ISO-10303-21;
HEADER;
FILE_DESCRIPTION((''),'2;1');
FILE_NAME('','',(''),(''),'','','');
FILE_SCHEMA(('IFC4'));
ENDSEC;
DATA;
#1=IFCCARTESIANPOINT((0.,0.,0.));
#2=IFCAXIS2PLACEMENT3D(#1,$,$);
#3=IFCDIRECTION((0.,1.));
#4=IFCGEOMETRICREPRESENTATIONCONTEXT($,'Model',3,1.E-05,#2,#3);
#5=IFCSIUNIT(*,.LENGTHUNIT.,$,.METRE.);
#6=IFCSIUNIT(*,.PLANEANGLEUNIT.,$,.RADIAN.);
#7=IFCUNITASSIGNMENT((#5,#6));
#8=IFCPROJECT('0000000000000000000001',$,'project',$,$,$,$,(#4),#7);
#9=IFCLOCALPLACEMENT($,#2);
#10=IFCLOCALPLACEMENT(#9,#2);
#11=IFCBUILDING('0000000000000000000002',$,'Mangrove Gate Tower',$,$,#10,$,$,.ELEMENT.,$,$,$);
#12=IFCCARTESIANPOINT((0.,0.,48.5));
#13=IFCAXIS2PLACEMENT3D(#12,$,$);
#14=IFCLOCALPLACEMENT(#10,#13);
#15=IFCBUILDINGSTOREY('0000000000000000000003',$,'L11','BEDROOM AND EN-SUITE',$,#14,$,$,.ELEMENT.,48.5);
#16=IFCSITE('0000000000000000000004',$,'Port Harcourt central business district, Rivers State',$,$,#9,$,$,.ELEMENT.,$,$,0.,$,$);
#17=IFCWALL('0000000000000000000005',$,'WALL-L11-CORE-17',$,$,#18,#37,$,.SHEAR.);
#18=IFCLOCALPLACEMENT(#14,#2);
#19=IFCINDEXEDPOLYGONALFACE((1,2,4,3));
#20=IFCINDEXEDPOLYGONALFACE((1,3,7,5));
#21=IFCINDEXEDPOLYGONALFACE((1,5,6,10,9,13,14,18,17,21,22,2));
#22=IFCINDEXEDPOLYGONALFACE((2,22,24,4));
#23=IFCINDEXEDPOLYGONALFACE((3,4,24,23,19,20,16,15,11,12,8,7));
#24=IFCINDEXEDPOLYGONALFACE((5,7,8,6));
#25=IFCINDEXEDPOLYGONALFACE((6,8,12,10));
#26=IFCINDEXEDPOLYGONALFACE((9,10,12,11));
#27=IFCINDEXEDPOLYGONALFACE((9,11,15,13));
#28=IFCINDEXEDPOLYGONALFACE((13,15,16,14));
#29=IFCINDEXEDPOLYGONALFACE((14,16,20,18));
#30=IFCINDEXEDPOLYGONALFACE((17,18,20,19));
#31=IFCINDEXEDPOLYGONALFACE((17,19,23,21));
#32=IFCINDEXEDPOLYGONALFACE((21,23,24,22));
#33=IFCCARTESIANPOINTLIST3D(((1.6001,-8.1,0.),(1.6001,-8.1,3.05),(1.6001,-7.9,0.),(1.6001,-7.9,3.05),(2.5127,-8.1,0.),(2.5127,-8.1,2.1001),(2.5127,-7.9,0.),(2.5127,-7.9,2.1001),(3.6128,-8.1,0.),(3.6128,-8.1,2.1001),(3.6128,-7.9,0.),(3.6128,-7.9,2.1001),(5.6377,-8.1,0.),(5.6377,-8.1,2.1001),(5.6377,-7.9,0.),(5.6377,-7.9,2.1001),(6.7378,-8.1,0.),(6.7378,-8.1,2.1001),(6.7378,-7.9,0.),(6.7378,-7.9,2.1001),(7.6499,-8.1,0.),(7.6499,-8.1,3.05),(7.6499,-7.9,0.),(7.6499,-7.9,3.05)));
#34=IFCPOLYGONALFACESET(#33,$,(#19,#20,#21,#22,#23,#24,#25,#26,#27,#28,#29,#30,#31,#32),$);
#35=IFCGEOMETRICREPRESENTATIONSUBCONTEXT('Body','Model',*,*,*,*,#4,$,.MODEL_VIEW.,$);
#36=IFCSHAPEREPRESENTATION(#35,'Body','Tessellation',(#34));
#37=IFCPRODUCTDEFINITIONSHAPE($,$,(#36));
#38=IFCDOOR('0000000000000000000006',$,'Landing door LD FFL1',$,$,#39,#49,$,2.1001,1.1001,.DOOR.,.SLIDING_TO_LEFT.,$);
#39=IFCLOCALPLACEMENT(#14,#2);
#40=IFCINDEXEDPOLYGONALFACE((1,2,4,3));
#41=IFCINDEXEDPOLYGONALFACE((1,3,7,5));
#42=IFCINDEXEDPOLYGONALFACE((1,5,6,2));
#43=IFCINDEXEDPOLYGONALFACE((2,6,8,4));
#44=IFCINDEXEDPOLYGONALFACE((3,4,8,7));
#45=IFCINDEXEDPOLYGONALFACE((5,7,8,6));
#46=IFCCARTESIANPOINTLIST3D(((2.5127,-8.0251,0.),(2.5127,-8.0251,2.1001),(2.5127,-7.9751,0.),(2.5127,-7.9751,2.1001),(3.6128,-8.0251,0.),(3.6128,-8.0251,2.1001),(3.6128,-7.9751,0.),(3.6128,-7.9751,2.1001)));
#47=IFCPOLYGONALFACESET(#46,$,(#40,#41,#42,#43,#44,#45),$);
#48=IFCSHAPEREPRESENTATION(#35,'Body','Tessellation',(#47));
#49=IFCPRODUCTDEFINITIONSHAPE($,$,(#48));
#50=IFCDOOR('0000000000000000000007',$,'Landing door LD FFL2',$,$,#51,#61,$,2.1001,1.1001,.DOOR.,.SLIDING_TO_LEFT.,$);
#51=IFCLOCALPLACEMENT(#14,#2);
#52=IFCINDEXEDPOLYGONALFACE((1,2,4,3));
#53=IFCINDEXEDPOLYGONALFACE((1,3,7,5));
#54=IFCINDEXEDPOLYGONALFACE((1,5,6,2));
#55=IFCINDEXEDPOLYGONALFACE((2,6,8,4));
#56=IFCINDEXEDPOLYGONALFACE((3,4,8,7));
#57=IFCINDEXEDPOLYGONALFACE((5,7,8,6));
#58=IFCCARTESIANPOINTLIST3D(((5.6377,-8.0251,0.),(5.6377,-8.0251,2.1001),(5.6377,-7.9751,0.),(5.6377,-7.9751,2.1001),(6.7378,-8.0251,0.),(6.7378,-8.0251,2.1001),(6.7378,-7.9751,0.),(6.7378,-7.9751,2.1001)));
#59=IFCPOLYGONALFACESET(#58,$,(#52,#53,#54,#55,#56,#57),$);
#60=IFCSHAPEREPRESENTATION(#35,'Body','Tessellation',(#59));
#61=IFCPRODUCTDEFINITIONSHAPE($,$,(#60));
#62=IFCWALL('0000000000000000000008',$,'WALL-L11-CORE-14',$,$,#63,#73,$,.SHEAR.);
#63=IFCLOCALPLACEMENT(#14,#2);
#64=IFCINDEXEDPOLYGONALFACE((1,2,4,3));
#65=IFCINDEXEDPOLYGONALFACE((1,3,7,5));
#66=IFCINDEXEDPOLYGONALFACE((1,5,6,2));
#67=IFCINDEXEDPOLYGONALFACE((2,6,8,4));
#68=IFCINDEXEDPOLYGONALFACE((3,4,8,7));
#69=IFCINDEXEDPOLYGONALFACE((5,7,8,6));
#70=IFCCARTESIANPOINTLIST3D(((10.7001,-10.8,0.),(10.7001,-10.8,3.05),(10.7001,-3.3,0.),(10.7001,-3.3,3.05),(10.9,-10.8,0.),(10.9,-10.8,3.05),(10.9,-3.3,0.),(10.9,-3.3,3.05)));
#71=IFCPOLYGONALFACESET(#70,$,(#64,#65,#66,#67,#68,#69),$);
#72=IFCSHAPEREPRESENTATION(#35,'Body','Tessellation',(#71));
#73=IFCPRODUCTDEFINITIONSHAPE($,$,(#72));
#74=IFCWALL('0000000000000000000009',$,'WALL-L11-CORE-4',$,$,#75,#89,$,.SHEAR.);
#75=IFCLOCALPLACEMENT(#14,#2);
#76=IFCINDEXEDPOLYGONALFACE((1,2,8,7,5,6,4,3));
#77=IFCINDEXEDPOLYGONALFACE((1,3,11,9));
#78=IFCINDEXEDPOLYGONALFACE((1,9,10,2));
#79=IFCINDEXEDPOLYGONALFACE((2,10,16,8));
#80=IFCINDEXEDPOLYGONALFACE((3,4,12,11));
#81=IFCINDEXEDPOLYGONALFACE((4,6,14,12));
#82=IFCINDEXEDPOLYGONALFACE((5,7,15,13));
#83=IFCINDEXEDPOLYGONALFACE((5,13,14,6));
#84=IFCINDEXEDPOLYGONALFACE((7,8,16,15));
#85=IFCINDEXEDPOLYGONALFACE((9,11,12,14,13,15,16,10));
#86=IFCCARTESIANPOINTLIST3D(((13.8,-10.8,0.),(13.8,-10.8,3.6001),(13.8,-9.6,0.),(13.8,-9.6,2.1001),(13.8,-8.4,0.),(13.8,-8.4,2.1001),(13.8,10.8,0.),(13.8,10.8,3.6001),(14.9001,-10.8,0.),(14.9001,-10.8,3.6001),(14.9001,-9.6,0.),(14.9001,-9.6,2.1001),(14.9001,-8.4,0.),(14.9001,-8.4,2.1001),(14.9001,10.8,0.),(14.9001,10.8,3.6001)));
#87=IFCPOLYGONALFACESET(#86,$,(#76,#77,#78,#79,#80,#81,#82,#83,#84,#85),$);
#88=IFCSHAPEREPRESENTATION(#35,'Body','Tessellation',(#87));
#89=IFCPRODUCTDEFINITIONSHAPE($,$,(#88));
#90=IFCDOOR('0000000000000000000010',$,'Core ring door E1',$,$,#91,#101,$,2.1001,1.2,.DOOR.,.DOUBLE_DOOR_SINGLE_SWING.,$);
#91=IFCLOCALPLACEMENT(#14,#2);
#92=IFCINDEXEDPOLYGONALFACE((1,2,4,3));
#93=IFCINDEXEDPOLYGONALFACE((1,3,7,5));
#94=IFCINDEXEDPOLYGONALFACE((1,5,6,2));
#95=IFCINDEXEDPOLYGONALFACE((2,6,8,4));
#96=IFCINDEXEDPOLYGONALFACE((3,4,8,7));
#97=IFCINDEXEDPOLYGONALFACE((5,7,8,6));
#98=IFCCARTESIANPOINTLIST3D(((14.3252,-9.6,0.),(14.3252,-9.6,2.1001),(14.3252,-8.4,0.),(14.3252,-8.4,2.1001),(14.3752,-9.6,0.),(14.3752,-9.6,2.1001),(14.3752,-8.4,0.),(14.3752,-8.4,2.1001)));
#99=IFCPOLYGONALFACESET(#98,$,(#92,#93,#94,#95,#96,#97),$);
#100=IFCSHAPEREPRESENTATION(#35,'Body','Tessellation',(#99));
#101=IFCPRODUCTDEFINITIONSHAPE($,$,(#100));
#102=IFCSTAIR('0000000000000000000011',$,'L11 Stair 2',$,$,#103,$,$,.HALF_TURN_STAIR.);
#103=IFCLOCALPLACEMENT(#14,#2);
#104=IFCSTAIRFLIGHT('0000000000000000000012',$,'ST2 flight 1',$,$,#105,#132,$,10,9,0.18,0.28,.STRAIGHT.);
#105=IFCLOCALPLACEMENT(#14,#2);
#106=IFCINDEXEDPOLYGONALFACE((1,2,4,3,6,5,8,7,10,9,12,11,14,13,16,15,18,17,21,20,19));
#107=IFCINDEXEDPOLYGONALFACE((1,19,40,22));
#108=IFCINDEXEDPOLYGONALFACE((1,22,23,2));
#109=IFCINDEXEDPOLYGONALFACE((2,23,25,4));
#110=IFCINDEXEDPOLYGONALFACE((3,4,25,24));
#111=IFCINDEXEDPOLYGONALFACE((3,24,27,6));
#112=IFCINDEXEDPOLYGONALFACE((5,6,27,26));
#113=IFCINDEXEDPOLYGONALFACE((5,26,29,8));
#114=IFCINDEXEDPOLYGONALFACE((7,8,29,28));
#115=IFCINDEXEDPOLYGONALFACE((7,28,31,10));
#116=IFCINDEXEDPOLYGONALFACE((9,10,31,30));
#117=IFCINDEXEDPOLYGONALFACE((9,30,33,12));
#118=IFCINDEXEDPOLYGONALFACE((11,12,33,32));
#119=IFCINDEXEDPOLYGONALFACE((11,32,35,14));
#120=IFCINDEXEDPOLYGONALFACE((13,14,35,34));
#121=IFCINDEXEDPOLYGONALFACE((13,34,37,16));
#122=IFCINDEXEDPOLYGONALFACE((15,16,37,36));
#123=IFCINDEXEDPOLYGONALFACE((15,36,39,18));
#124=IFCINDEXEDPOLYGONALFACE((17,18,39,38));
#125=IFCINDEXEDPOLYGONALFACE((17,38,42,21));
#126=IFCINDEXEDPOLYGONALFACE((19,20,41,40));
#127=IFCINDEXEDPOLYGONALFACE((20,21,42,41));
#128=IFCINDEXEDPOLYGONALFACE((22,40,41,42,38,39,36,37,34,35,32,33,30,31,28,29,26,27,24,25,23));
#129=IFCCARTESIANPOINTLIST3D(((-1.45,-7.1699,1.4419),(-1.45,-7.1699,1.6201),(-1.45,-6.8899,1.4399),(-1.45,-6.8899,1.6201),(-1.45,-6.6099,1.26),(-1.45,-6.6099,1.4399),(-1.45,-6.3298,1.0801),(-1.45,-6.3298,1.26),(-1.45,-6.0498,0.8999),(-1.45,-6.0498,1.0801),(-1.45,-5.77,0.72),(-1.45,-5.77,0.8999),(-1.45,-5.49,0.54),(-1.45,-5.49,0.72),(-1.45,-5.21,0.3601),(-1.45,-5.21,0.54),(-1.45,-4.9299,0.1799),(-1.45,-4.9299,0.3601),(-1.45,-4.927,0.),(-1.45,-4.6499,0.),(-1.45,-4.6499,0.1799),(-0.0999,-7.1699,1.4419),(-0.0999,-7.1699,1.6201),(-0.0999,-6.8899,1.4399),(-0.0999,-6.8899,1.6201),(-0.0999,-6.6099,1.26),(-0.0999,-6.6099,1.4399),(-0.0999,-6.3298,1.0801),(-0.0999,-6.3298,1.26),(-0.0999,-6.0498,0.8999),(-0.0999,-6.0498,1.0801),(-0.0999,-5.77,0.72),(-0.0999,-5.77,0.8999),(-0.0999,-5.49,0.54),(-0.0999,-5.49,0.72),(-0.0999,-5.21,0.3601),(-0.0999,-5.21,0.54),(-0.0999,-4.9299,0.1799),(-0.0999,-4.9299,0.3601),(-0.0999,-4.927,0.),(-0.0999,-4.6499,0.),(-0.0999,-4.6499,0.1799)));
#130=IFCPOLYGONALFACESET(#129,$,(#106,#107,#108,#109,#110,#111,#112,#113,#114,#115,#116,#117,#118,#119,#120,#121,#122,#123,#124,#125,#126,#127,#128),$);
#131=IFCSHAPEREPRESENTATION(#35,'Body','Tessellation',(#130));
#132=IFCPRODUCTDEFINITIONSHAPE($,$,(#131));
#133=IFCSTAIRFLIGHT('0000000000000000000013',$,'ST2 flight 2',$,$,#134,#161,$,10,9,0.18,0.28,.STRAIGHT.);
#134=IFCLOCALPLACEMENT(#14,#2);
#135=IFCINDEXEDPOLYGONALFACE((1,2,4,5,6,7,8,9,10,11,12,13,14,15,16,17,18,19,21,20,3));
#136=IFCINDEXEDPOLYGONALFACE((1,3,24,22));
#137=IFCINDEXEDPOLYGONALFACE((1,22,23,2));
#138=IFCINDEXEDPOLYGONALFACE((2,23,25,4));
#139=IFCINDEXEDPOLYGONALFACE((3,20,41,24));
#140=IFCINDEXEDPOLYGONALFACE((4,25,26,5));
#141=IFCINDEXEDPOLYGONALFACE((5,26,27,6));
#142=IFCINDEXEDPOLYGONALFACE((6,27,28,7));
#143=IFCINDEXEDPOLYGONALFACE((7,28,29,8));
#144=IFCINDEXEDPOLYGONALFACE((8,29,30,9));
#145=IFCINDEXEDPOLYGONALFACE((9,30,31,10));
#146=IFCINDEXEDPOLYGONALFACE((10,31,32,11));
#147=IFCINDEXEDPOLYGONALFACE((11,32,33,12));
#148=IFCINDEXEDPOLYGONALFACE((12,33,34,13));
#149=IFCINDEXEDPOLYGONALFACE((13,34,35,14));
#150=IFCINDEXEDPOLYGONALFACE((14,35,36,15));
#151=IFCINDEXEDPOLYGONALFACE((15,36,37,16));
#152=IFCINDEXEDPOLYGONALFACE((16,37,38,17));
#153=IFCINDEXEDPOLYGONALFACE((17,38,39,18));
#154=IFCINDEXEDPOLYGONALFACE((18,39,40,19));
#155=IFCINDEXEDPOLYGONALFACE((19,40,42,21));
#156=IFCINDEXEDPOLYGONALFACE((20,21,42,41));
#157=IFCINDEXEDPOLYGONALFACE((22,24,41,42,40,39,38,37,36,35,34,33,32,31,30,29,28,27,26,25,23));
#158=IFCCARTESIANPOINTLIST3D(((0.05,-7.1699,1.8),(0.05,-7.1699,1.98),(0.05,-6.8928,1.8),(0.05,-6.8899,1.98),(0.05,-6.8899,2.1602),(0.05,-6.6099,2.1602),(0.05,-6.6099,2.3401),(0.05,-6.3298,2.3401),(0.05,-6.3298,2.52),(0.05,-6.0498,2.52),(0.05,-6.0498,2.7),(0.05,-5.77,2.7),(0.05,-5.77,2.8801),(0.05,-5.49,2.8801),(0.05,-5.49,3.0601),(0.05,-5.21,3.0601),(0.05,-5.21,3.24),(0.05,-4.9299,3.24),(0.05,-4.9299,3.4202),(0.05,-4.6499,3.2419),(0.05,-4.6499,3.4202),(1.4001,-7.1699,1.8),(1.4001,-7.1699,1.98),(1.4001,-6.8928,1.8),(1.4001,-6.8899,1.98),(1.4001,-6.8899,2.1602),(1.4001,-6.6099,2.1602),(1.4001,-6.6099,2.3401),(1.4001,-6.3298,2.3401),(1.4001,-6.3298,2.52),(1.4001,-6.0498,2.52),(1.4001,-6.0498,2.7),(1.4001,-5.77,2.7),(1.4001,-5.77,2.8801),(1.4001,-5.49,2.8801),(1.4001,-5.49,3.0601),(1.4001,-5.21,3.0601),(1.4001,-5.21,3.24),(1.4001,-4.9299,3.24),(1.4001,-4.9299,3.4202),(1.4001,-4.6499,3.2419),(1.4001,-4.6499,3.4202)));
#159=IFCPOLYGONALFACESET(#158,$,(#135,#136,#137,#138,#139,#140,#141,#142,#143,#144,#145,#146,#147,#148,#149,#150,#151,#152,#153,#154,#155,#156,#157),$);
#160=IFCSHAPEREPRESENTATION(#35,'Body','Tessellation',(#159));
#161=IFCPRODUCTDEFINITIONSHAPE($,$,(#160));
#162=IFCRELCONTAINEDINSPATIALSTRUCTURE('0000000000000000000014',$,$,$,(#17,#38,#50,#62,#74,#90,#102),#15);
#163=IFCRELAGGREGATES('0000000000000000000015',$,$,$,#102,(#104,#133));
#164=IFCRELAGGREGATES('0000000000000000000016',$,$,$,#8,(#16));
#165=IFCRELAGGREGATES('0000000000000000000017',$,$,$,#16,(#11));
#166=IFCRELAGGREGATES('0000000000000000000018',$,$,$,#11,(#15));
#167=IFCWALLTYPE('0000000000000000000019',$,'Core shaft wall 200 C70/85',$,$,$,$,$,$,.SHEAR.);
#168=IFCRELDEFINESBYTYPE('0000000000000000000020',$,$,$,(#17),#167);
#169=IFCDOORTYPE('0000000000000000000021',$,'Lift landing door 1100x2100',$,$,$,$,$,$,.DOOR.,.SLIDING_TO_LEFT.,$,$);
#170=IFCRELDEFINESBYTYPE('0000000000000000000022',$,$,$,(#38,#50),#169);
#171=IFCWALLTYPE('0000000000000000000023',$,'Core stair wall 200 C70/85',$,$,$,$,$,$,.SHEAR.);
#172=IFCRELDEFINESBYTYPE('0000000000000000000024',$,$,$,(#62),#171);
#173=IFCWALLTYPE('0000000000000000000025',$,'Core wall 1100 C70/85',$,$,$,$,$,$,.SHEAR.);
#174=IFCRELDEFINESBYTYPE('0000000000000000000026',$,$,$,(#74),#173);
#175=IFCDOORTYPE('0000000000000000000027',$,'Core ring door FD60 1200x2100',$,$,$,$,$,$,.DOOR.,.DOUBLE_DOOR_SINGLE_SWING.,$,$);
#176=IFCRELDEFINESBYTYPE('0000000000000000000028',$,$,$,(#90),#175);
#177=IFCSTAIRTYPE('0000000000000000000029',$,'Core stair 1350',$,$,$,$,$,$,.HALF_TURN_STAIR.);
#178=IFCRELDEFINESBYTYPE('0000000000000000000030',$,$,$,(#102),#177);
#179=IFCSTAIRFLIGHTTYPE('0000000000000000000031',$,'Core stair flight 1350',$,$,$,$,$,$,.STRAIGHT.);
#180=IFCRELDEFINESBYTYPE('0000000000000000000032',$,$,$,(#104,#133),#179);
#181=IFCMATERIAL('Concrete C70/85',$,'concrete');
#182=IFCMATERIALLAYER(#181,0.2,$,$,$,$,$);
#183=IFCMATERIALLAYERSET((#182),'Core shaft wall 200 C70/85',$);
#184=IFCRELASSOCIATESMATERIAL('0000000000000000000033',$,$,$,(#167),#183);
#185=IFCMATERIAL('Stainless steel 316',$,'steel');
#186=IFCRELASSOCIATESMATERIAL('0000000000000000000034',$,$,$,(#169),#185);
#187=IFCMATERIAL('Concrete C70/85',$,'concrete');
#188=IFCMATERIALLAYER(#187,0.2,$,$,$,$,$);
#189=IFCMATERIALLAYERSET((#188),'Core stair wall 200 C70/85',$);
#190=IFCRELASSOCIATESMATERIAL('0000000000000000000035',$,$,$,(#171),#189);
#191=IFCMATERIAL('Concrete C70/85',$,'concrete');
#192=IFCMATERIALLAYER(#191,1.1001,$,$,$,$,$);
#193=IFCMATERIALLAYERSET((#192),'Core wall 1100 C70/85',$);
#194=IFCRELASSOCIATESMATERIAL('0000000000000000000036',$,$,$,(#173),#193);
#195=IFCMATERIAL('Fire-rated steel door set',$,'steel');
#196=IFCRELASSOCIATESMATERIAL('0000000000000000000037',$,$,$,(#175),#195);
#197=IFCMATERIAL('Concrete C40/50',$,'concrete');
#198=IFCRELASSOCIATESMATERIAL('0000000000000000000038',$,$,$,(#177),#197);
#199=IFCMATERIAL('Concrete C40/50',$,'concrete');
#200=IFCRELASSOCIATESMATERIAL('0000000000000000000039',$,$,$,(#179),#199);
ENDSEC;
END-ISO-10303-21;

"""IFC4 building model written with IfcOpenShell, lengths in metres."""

from ifc_helpers import new_model, si_unit, direction, frame, frame_2d, origin, place, context, subcontext, project, spatial, polyline, rectangle, outline, extrude, material, layer, layer_set, type_object, element, fill, aggregate, save


model = new_model("IFC4")

# Units and contexts
model_context = context("Model", 3, precision=1e-05, world=origin(), true_north=direction((0.0, 1.0)))
body_context = subcontext(model_context, "Body", "Model", "MODEL_VIEW")
ifc_project = project(units=[si_unit("LENGTHUNIT", "METRE"), si_unit("PLANEANGLEUNIT", "RADIAN")], contexts=[model_context])

# Site, building, storey
site_placement = place(None, origin())
site = spatial("IfcSite", under=ifc_project, at=site_placement, Name="Port Harcourt central business district, Rivers State", CompositionType="ELEMENT", RefElevation=0.0)
building_placement = place(site_placement, origin())
building = spatial("IfcBuilding", under=site, at=building_placement, Name="Mangrove Gate Tower", CompositionType="ELEMENT")
storey_placement = place(building_placement, frame((0.0, 0.0, 48.5)))
storey = spatial("IfcBuildingStorey", under=building, at=storey_placement, Name="L11", Description="BEDROOM AND EN-SUITE", CompositionType="ELEMENT", Elevation=48.5)

# Wall, openings, doors
ifc_material_1 = material(Name="Concrete C70/85", Category="concrete")
ifc_layer_1 = layer(ifc_material_1, 0.2)
ifc_layer_set_1 = layer_set([ifc_layer_1], Name="Core shaft wall 200 C70/85")
wall_type_1 = type_object("IfcWallType", Name="Core shaft wall 200 C70/85", PredefinedType="SHEAR", material=ifc_layer_set_1)
wall_1_placement = place(storey_placement, frame((1.6001, -8.0, 0.0), z_axis=(0.0, 0.0, 1.0), x_axis=(1.0, 0.0, 0.0)))
wall_1 = element("IfcWall", 1, at=wall_1_placement, inside=storey, type_object=wall_type_1, Name="WALL-L11-CORE-17", PredefinedType="SHEAR", context=body_context, shape_type="SweptSolid", body=[
    extrude(rectangle(XDim=6.0498, YDim=0.2, at=frame_2d((3.0249, 0.0))), origin(), (0.0, 0.0, 1.0), 3.05),
])
opening_1_placement = place(wall_1_placement, frame((0.9126, 0.0, 0.0)))
opening_1 = element("IfcOpeningElement", 2, at=opening_1_placement, cuts=wall_1, PredefinedType="OPENING", context=body_context, shape_type="SweptSolid", body=[
    extrude(rectangle(XDim=1.1001, YDim=2.1001, at=frame_2d((0.55, 1.05))), frame((0.0, 0.1099, 0.0), z_axis=(0.0, -1.0, 0.0), x_axis=(1.0, 0.0, 0.0)), (0.0, 0.0, 1.0), 0.22),
])
opening_2_placement = place(wall_1_placement, frame((4.0376, 0.0, 0.0)))
opening_2 = element("IfcOpeningElement", 3, at=opening_2_placement, cuts=wall_1, PredefinedType="OPENING", context=body_context, shape_type="SweptSolid", body=[
    extrude(rectangle(XDim=1.1001, YDim=2.1001, at=frame_2d((0.55, 1.05))), frame((0.0, 0.1099, 0.0), z_axis=(0.0, -1.0, 0.0), x_axis=(1.0, 0.0, 0.0)), (0.0, 0.0, 1.0), 0.22),
])
ifc_material_2 = material(Name="Stainless steel 316", Category="steel")
door_type_1 = type_object("IfcDoorType", Name="Lift landing door 1100x2100", OperationType="SLIDING_TO_LEFT", PredefinedType="DOOR", material=ifc_material_2)
door_1_placement = place(opening_1_placement, origin())
door_1 = element("IfcDoor", 4, at=door_1_placement, inside=storey, type_object=door_type_1, Name="Landing door LD FFL1", OperationType="SLIDING_TO_LEFT", OverallHeight=2.1001, OverallWidth=1.1001, PredefinedType="DOOR", context=body_context, shape_type="SweptSolid", body=[
    extrude(rectangle(XDim=1.1001, YDim=2.1001, at=frame_2d((0.55, 1.05))), frame((0.0, 0.0249, 0.0), z_axis=(0.0, -1.0, 0.0), x_axis=(1.0, 0.0, 0.0)), (0.0, 0.0, 1.0), 0.05),
])
fill(opening_1, door_1)
door_2_placement = place(opening_2_placement, origin())
door_2 = element("IfcDoor", 5, at=door_2_placement, inside=storey, type_object=door_type_1, Name="Landing door LD FFL2", OperationType="SLIDING_TO_LEFT", OverallHeight=2.1001, OverallWidth=1.1001, PredefinedType="DOOR", context=body_context, shape_type="SweptSolid", body=[
    extrude(rectangle(XDim=1.1001, YDim=2.1001, at=frame_2d((0.55, 1.05))), frame((0.0, 0.0249, 0.0), z_axis=(0.0, -1.0, 0.0), x_axis=(1.0, 0.0, 0.0)), (0.0, 0.0, 1.0), 0.05),
])
fill(opening_2, door_2)

# Wall
ifc_material_3 = material(Name="Concrete C70/85", Category="concrete")
ifc_layer_2 = layer(ifc_material_3, 0.2)
ifc_layer_set_2 = layer_set([ifc_layer_2], Name="Core stair wall 200 C70/85")
wall_type_2 = type_object("IfcWallType", Name="Core stair wall 200 C70/85", PredefinedType="SHEAR", material=ifc_layer_set_2)
wall_2_placement = place(storey_placement, frame((10.8, -10.8, 0.0), z_axis=(0.0, 0.0, 1.0), x_axis=(0.0, 1.0, 0.0)))
element("IfcWall", 6, at=wall_2_placement, inside=storey, type_object=wall_type_2, Name="WALL-L11-CORE-14", PredefinedType="SHEAR", context=body_context, shape_type="SweptSolid", body=[
    extrude(rectangle(XDim=7.5, YDim=0.2, at=frame_2d((3.75, 0.0))), origin(), (0.0, 0.0, 1.0), 3.05),
])

# Wall, opening, door
ifc_material_4 = material(Name="Concrete C70/85", Category="concrete")
ifc_layer_3 = layer(ifc_material_4, 1.1001)
ifc_layer_set_3 = layer_set([ifc_layer_3], Name="Core wall 1100 C70/85")
wall_type_3 = type_object("IfcWallType", Name="Core wall 1100 C70/85", PredefinedType="SHEAR", material=ifc_layer_set_3)
wall_3_placement = place(storey_placement, frame((14.3501, -10.8, 0.0), z_axis=(0.0, 0.0, 1.0), x_axis=(0.0, 1.0, 0.0)))
wall_3 = element("IfcWall", 7, at=wall_3_placement, inside=storey, type_object=wall_type_3, Name="WALL-L11-CORE-4", PredefinedType="SHEAR", context=body_context, shape_type="SweptSolid", body=[
    extrude(rectangle(XDim=21.6001, YDim=1.1001, at=frame_2d((10.8, 0.0))), origin(), (0.0, 0.0, 1.0), 3.6001),
])
opening_3_placement = place(wall_3_placement, frame((1.2, 0.0, 0.0)))
opening_3 = element("IfcOpeningElement", 8, at=opening_3_placement, cuts=wall_3, PredefinedType="OPENING", context=body_context, shape_type="SweptSolid", body=[
    extrude(rectangle(XDim=1.2, YDim=2.1001, at=frame_2d((0.6001, 1.05))), frame((0.0, 0.5601, 0.0), z_axis=(0.0, -1.0, 0.0), x_axis=(1.0, 0.0, 0.0)), (0.0, 0.0, 1.0), 1.1201),
])
ifc_material_5 = material(Name="Fire-rated steel door set", Category="steel")
door_type_2 = type_object("IfcDoorType", Name="Core ring door FD60 1200x2100", OperationType="DOUBLE_DOOR_SINGLE_SWING", PredefinedType="DOOR", material=ifc_material_5)
door_3_placement = place(opening_3_placement, origin())
door_3 = element("IfcDoor", 9, at=door_3_placement, inside=storey, type_object=door_type_2, Name="Core ring door E1", OperationType="DOUBLE_DOOR_SINGLE_SWING", OverallHeight=2.1001, OverallWidth=1.2, PredefinedType="DOOR", context=body_context, shape_type="SweptSolid", body=[
    extrude(rectangle(XDim=1.2, YDim=2.1001, at=frame_2d((0.6001, 1.05))), frame((0.0, 0.0249, 0.0), z_axis=(0.0, -1.0, 0.0), x_axis=(1.0, 0.0, 0.0)), (0.0, 0.0, 1.0), 0.05),
])
fill(opening_3, door_3)

# Stair, stair flights
ifc_material_6 = material(Name="Concrete C40/50", Category="concrete")
stair_type = type_object("IfcStairType", Name="Core stair 1350", PredefinedType="HALF_TURN_STAIR", material=ifc_material_6)
stair_1_placement = place(storey_placement, origin())
stair_1 = element("IfcStair", 10, at=stair_1_placement, inside=storey, type_object=stair_type, Name="L11 Stair 2", PredefinedType="HALF_TURN_STAIR")
ifc_material_7 = material(Name="Concrete C40/50", Category="concrete")
stair_flight_type = type_object("IfcStairFlightType", Name="Core stair flight 1350", PredefinedType="STRAIGHT", material=ifc_material_7)
stair_flight_1_placement = place(storey_placement, frame((-0.7749, -4.6499, 0.0), z_axis=(0.0, 0.0, 1.0), x_axis=(0.0, -1.0, 0.0)))
stair_flight_1 = element("IfcStairFlight", 11, at=stair_flight_1_placement, type_object=stair_flight_type, Name="ST2 flight 1", NumberOfRisers=10, NumberOfTreads=9, PredefinedType="STRAIGHT", RiserHeight=0.18, TreadLength=0.28, context=body_context, shape_type="SweptSolid", body=[
    extrude(outline(polyline([(0.0, 0.0), (0.0, 0.1799), (0.28, 0.1799), (0.28, 0.3601), (0.5601, 0.3601), (0.5601, 0.54), (0.8401, 0.54), (0.8401, 0.72), (1.1201, 0.72), (1.1201, 0.8999), (1.3999, 0.8999), (1.3999, 1.0801), (1.6799, 1.0801), (1.6799, 1.26), (1.96, 1.26), (1.96, 1.4399), (2.24, 1.4399), (2.24, 1.6201), (2.52, 1.6201), (2.52, 1.8), (2.52, 1.4419), (0.2771, 0.0), (0.0, 0.0)])), frame((0.0, 0.675, 0.0), z_axis=(0.0, -1.0, 0.0), x_axis=(1.0, 0.0, 0.0)), (0.0, 0.0, 1.0), 1.3501),
])
stair_flight_2_placement = place(storey_placement, frame((0.7251, -7.1699, 1.8), z_axis=(0.0, 0.0, 1.0), x_axis=(0.0, 1.0, 0.0)))
stair_flight_2 = element("IfcStairFlight", 12, at=stair_flight_2_placement, type_object=stair_flight_type, Name="ST2 flight 2", NumberOfRisers=10, NumberOfTreads=9, PredefinedType="STRAIGHT", RiserHeight=0.18, TreadLength=0.28, context=body_context, shape_type="SweptSolid", body=[
    extrude(outline(polyline([(0.0, 0.0), (0.0, 0.1799), (0.28, 0.1799), (0.28, 0.3601), (0.5601, 0.3601), (0.5601, 0.54), (0.8401, 0.54), (0.8401, 0.72), (1.1201, 0.72), (1.1201, 0.8999), (1.3999, 0.8999), (1.3999, 1.0801), (1.6799, 1.0801), (1.6799, 1.26), (1.96, 1.26), (1.96, 1.4399), (2.24, 1.4399), (2.24, 1.6201), (2.52, 1.6201), (2.52, 1.8), (2.52, 1.4419), (0.2771, 0.0), (0.0, 0.0)])), frame((0.0, 0.675, 0.0), z_axis=(0.0, -1.0, 0.0), x_axis=(1.0, 0.0, 0.0)), (0.0, 0.0, 1.0), 1.3501),
])
aggregate(stair_1, [stair_flight_1, stair_flight_2])

save(model, "model.ifc")
